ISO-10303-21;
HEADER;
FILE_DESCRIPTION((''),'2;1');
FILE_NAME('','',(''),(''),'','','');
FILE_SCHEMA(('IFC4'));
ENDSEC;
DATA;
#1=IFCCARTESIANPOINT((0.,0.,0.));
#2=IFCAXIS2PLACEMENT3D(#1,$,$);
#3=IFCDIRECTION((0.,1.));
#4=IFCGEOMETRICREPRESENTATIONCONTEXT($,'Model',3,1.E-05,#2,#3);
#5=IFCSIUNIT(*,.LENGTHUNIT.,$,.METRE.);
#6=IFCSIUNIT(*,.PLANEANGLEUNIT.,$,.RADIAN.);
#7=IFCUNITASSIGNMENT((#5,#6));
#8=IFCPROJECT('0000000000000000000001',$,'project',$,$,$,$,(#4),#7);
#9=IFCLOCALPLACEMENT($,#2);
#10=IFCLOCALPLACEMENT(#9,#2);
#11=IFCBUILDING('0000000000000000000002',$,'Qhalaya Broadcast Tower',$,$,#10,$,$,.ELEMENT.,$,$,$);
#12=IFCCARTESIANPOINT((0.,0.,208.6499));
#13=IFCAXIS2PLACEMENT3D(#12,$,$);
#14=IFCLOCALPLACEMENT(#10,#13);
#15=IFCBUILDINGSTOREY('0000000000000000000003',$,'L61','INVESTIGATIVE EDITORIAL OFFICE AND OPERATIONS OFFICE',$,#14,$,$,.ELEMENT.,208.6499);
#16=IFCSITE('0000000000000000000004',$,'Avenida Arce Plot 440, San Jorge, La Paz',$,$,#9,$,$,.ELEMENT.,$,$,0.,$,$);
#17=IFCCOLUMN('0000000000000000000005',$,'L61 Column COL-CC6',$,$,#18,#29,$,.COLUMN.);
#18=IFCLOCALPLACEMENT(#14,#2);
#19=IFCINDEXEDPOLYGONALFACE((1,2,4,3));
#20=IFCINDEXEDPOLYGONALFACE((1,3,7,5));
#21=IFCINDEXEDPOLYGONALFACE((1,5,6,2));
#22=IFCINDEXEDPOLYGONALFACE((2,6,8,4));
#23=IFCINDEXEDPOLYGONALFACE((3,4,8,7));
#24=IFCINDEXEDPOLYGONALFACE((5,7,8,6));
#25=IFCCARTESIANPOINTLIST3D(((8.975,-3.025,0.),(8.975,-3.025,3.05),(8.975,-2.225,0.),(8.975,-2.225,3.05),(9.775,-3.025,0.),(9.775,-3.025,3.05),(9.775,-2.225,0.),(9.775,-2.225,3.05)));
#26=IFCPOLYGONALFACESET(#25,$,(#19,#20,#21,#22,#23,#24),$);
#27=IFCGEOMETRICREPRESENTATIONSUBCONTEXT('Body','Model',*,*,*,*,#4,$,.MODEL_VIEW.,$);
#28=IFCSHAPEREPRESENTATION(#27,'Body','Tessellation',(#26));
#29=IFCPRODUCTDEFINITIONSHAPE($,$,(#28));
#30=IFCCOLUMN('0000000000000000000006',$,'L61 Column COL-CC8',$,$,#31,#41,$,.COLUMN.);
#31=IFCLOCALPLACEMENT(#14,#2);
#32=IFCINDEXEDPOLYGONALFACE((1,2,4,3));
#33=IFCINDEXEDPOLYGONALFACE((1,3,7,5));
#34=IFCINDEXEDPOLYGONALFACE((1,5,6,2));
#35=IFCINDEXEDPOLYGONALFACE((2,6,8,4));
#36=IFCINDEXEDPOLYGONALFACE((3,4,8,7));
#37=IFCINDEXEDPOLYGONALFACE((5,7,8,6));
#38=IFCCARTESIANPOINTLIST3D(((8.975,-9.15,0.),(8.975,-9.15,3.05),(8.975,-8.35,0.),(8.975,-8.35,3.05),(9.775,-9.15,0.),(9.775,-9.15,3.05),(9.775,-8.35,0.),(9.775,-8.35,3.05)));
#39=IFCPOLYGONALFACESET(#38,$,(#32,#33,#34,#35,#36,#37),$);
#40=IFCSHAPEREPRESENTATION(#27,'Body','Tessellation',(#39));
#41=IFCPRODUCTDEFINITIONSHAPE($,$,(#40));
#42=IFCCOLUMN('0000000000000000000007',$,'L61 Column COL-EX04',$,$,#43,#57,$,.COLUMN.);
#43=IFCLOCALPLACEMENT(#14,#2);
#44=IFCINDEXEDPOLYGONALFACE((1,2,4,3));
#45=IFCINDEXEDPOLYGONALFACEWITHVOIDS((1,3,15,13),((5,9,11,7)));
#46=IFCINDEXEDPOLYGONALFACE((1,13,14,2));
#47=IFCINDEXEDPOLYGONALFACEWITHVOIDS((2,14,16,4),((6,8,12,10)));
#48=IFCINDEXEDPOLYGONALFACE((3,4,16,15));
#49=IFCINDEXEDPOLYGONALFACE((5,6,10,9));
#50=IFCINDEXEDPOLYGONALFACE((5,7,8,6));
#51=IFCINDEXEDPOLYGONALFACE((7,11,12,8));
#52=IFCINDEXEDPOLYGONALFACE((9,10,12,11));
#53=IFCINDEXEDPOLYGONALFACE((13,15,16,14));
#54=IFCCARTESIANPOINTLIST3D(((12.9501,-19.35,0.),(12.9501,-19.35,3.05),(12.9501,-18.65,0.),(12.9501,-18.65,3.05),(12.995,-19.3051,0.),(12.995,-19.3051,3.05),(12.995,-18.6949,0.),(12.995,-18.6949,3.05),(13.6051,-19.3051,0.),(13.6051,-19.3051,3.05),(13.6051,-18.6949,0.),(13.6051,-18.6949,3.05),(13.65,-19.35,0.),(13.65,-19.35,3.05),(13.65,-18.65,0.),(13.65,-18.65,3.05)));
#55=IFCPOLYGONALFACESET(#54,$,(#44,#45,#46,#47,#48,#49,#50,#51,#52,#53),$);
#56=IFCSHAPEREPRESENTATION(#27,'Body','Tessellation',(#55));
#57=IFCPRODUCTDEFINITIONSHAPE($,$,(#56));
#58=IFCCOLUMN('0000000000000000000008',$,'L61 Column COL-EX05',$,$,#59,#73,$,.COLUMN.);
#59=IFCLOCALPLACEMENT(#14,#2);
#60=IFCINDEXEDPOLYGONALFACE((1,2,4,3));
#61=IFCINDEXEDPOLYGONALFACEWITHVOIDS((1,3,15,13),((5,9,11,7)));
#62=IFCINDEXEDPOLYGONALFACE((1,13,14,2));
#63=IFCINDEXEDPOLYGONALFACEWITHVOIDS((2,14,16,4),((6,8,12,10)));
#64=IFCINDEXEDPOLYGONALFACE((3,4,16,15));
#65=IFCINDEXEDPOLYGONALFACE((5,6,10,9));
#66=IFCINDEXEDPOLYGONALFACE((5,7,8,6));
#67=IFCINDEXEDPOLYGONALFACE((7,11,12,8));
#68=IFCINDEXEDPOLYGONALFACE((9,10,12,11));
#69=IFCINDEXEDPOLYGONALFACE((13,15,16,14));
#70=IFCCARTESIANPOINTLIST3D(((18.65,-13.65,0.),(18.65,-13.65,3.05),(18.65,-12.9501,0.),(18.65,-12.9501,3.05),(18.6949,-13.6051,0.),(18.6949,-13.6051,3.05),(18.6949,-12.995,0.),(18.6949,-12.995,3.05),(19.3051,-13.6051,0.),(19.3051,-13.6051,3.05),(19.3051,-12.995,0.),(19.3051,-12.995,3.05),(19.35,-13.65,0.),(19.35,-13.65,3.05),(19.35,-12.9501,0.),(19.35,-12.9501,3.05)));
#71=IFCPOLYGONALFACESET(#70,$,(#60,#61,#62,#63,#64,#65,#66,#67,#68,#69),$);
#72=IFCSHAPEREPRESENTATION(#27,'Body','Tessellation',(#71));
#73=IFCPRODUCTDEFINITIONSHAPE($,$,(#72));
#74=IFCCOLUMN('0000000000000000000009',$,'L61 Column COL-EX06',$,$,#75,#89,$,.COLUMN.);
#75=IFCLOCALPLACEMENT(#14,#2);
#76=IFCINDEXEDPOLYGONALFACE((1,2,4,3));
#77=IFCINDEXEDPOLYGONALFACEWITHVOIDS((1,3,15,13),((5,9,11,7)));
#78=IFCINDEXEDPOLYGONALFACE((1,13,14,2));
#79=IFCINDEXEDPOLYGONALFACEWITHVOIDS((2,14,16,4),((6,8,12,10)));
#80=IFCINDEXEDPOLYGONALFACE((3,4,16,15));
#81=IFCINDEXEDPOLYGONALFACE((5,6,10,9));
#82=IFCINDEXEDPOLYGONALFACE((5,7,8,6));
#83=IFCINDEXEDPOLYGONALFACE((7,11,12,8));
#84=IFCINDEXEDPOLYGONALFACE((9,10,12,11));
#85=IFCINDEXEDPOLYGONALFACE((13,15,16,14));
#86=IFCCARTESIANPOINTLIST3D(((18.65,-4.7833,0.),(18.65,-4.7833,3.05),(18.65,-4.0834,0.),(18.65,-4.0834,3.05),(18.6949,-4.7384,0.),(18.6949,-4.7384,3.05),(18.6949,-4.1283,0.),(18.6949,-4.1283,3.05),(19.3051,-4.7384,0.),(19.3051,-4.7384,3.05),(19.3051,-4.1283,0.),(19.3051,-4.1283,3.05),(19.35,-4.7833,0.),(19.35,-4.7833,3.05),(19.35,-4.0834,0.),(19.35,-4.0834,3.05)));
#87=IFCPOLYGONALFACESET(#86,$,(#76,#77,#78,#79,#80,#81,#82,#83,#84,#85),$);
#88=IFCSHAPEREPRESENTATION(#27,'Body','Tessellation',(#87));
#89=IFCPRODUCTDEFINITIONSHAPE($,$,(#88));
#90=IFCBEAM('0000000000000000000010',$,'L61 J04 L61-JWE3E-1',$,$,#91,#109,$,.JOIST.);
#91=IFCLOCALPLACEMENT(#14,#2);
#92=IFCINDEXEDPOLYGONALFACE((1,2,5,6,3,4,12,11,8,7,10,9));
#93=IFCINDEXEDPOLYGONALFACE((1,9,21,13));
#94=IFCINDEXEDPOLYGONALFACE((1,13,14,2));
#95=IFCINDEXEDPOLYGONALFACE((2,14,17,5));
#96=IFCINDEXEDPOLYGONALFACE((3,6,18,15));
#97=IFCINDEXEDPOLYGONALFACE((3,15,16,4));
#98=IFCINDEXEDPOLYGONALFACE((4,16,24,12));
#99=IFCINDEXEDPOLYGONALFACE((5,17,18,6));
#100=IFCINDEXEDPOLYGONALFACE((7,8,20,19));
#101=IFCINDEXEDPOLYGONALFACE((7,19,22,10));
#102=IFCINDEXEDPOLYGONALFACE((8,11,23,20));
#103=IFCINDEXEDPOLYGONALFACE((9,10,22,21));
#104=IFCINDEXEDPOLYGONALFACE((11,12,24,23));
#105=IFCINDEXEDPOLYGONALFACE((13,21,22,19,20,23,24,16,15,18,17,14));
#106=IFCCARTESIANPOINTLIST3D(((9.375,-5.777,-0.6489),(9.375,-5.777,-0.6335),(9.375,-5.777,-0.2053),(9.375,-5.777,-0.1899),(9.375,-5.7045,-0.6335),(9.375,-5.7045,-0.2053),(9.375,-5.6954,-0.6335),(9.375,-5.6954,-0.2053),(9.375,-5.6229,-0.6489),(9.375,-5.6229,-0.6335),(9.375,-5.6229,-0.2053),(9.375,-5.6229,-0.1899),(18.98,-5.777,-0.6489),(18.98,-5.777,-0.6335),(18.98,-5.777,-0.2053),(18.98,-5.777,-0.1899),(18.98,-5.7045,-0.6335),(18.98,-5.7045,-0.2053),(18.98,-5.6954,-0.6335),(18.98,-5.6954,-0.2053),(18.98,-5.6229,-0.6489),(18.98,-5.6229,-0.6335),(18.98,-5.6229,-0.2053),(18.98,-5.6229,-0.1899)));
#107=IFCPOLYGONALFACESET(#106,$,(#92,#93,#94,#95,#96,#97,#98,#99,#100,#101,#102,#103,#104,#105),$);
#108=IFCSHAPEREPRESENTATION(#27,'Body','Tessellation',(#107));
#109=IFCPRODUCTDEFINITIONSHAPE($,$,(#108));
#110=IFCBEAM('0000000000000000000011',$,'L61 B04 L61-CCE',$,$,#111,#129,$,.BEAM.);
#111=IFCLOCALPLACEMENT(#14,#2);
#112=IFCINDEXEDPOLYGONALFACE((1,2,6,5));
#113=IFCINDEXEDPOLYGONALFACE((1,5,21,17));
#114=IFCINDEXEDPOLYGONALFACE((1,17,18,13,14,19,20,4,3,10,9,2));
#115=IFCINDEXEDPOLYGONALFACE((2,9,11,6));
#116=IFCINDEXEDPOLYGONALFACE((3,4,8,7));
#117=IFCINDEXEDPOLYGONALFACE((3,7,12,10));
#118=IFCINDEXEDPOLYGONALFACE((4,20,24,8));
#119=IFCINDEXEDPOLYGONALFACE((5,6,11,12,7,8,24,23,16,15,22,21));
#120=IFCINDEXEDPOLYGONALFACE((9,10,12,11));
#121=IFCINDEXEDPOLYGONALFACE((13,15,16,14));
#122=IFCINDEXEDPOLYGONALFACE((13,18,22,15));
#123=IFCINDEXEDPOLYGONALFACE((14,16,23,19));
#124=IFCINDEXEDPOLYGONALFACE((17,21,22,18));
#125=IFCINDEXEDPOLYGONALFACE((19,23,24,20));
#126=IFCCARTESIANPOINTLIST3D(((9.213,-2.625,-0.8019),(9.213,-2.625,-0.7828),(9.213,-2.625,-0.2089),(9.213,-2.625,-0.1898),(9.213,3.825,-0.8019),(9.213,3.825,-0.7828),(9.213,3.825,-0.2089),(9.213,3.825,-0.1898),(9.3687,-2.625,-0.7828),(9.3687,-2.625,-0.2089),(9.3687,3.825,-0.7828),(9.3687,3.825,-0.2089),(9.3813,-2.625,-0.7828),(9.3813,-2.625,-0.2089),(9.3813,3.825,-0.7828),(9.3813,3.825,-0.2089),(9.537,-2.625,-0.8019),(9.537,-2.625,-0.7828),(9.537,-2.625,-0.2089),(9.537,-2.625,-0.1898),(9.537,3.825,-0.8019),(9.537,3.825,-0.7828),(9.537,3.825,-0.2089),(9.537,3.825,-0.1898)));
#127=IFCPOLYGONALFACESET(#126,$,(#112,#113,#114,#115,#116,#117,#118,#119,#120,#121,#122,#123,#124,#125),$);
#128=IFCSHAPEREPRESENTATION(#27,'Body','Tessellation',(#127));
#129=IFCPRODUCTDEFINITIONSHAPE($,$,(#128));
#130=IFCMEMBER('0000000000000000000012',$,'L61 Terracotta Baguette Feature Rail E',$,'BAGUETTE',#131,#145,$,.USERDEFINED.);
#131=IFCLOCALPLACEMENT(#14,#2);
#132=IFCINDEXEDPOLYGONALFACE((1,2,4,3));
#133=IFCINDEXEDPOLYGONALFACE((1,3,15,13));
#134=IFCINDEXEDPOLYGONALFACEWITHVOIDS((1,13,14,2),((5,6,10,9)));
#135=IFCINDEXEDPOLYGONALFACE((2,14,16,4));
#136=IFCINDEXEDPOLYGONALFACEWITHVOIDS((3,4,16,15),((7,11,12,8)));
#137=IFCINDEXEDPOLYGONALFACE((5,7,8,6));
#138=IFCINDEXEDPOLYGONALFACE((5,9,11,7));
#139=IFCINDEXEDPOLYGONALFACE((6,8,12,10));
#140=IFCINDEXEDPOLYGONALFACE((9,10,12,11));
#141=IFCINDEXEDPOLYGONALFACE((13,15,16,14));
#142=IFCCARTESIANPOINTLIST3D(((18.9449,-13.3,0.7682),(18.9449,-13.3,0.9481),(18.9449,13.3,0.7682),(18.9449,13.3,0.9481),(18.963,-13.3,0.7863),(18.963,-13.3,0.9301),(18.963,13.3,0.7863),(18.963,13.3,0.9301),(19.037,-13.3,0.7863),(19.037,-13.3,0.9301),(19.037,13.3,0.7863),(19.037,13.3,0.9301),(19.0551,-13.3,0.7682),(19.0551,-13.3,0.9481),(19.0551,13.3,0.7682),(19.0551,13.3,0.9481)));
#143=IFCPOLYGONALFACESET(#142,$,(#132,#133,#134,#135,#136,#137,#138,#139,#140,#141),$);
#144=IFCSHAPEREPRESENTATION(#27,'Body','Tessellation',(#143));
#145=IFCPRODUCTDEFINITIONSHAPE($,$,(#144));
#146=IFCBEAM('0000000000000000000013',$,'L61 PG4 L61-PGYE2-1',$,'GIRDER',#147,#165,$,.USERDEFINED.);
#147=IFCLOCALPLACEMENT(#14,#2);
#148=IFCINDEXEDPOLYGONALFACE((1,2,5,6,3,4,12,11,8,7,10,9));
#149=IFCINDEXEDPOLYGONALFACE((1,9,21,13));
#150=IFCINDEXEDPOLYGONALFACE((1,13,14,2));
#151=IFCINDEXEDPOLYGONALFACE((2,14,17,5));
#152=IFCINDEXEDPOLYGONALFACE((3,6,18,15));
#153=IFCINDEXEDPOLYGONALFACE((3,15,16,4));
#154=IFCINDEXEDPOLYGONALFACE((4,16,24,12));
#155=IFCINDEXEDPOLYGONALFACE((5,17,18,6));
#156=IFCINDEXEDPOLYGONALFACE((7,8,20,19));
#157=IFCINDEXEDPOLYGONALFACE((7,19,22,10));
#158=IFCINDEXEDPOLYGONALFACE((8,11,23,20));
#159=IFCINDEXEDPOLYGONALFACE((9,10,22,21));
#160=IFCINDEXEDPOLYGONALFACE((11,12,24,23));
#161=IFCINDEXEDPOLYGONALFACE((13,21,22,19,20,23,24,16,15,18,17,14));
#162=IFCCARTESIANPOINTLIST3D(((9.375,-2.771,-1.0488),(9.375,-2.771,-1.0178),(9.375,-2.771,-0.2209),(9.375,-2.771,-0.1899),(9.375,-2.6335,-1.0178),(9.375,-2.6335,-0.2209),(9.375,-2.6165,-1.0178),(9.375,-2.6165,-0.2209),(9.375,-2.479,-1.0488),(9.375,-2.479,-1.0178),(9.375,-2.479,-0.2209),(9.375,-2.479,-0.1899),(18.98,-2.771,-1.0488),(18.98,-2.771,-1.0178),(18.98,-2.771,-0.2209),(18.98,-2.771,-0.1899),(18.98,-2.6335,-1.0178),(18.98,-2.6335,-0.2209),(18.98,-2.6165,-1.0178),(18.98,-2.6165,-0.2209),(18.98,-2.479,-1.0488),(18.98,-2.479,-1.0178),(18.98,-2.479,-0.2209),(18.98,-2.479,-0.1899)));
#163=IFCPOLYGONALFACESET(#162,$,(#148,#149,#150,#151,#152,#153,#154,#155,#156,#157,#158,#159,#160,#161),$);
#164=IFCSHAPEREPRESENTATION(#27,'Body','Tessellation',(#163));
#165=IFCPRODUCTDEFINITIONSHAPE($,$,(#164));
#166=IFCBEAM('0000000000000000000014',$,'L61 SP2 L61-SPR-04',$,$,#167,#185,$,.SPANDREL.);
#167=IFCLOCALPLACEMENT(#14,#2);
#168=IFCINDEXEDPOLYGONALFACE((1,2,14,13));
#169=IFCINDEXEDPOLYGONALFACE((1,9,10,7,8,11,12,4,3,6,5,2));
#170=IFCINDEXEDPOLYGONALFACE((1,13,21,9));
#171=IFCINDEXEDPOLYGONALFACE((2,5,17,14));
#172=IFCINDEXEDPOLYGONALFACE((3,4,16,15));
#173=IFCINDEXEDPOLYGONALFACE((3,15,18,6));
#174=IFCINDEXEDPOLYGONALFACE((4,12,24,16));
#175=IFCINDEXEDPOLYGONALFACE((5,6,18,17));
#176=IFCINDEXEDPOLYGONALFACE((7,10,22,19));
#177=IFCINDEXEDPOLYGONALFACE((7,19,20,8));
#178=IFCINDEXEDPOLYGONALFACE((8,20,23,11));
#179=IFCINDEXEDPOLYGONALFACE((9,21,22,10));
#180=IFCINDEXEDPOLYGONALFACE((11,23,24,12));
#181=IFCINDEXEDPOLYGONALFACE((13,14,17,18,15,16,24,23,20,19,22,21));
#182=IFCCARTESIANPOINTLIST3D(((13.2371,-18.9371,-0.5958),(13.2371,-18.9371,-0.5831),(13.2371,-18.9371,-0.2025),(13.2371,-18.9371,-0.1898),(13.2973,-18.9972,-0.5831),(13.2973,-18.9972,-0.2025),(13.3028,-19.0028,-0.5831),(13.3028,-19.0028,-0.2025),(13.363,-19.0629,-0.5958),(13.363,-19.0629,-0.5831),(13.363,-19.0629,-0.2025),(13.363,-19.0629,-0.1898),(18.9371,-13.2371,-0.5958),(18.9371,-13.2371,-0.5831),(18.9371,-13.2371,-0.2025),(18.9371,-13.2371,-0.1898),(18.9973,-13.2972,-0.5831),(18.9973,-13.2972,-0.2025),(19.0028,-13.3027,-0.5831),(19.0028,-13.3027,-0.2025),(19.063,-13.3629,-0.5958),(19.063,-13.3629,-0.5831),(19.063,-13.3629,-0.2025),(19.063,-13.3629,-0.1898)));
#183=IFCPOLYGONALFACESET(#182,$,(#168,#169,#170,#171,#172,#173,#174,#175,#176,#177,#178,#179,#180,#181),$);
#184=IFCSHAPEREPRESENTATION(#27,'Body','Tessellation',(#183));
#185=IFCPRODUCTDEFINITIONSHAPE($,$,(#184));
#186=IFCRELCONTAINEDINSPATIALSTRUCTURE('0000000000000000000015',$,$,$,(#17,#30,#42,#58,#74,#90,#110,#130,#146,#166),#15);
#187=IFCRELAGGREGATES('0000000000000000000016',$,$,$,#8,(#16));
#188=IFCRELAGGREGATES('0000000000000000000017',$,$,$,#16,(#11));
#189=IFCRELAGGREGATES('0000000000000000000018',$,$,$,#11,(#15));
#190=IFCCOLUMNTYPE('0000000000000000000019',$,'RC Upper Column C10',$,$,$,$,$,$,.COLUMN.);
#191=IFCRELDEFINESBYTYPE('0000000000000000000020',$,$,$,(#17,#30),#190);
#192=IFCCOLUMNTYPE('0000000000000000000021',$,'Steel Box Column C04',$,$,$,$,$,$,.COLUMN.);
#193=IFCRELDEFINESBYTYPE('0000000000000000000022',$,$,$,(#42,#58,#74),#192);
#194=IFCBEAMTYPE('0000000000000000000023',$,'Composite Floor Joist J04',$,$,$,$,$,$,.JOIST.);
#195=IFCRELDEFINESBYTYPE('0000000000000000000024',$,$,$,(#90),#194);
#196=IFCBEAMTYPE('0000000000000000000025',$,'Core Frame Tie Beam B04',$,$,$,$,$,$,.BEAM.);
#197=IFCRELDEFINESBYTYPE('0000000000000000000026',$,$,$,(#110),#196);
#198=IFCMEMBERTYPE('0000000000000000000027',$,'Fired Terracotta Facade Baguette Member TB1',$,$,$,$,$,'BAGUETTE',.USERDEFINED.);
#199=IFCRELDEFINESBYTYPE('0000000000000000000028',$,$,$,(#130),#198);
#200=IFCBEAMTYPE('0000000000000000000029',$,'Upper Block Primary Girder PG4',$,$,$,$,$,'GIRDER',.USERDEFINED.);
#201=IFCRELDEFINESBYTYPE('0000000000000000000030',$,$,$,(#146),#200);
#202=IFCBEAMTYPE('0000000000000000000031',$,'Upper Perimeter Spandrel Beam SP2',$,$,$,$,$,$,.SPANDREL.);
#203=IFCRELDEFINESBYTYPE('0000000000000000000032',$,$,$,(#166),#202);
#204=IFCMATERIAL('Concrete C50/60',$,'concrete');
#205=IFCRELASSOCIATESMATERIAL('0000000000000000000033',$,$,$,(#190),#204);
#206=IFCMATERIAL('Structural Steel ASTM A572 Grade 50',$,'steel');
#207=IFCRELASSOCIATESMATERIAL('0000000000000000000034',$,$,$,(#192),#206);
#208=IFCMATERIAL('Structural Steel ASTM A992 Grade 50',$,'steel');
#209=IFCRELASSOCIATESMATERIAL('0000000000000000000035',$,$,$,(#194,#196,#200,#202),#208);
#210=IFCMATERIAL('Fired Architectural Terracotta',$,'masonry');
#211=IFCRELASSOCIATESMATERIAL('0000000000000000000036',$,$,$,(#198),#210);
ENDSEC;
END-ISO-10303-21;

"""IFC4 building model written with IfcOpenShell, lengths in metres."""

from ifc_helpers import new_model, si_unit, direction, frame, origin, origin_2d, place, context, subcontext, project, spatial, rectangle, hollow_rectangle, i_section, extrude, material, material_profile, profile_set, type_object, element, save


model = new_model("IFC4")

# Units and contexts
model_context = context("Model", 3, precision=1e-05, world=origin(), true_north=direction((0.0, 1.0)))
body_context = subcontext(model_context, "Body", "Model", "MODEL_VIEW")
ifc_project = project(units=[si_unit("LENGTHUNIT", "METRE"), si_unit("PLANEANGLEUNIT", "RADIAN")], contexts=[model_context])

# Site, building, storey
site_placement = place(None, origin())
site = spatial("IfcSite", under=ifc_project, at=site_placement, Name="Avenida Arce Plot 440, San Jorge, La Paz", CompositionType="ELEMENT", RefElevation=0.0)
building_placement = place(site_placement, origin())
building = spatial("IfcBuilding", under=site, at=building_placement, Name="Qhalaya Broadcast Tower", CompositionType="ELEMENT")
storey_placement = place(building_placement, frame((0.0, 0.0, 208.6499)))
storey = spatial("IfcBuildingStorey", under=building, at=storey_placement, Name="L61", Description="INVESTIGATIVE EDITORIAL OFFICE AND OPERATIONS OFFICE", CompositionType="ELEMENT", Elevation=208.6499)

# Columns
ifc_material_1 = material(Name="Concrete C50/60", Category="concrete")
ifc_material_profile_1 = material_profile(ifc_material_1, rectangle(XDim=0.8, YDim=0.8, at=origin_2d()), Name="RC-COL 800x800")
ifc_profile_set_1 = profile_set([ifc_material_profile_1], Name="Concrete C50/60")
column_type_1 = type_object("IfcColumnType", Name="RC Upper Column C10", PredefinedType="COLUMN", material=ifc_profile_set_1)
for number, where, z_axis, x_axis, name in (
    (1, (9.375, -2.625, 0.0), (0.0, 0.0, 1.0), (1.0, 0.0, 0.0), "L61 Column COL-CC6"),
    (2, (9.375, -8.75, 0.0), (0.0, 0.0, 1.0), (1.0, 0.0, 0.0), "L61 Column COL-CC8"),
):
    element("IfcColumn", number, at=place(storey_placement, frame(where, z_axis=z_axis, x_axis=x_axis)), inside=storey, type_object=column_type_1, Name=name, PredefinedType="COLUMN", context=body_context, shape_type="SweptSolid", body=[
        extrude(rectangle(XDim=0.8, YDim=0.8, at=origin_2d()), origin(), (0.0, 0.0, 1.0), 3.05),
    ])
ifc_material_2 = material(Name="Structural Steel ASTM A572 Grade 50", Category="steel")
ifc_material_profile_2 = material_profile(ifc_material_2, hollow_rectangle(XDim=0.7, YDim=0.7, WallThickness=0.0449, at=origin_2d()), Name="BOX 700x700x45")
ifc_profile_set_2 = profile_set([ifc_material_profile_2], Name="Structural Steel ASTM A572 Grade 50")
column_type_2 = type_object("IfcColumnType", Name="Steel Box Column C04", PredefinedType="COLUMN", material=ifc_profile_set_2)
for number, where, z_axis, x_axis, name in (
    (3, (13.3, -19.0, 0.0), (0.0, 0.0, 1.0), (1.0, 0.0, 0.0), "L61 Column COL-EX04"),
    (4, (19.0, -13.3, 0.0), (0.0, 0.0, 1.0), (0.0, 1.0, 0.0), "L61 Column COL-EX05"),
    (5, (19.0, -4.4333, 0.0), (0.0, 0.0, 1.0), (0.0, 1.0, 0.0), "L61 Column COL-EX06"),
):
    element("IfcColumn", number, at=place(storey_placement, frame(where, z_axis=z_axis, x_axis=x_axis)), inside=storey, type_object=column_type_2, Name=name, PredefinedType="COLUMN", context=body_context, shape_type="SweptSolid", body=[
        extrude(hollow_rectangle(XDim=0.7, YDim=0.7, WallThickness=0.0449, at=origin_2d()), origin(), (0.0, 0.0, 1.0), 3.05),
    ])

# Beams
ifc_material_3 = material(Name="Structural Steel ASTM A992 Grade 50", Category="steel")
ifc_material_profile_3 = material_profile(ifc_material_3, i_section(OverallWidth=0.1541, OverallDepth=0.459, WebThickness=0.009, FlangeThickness=0.0154, at=origin_2d()), Name="W18X46")
ifc_profile_set_3 = profile_set([ifc_material_profile_3], Name="Structural Steel ASTM A992 Grade 50")
beam_type_1 = type_object("IfcBeamType", Name="Composite Floor Joist J04", PredefinedType="JOIST", material=ifc_profile_set_3)
beam_1_placement = place(storey_placement, frame((9.375, -5.7, -0.4194), z_axis=(1.0, 0.0, 0.0), x_axis=(0.0, 1.0, 0.0)))
element("IfcBeam", 6, at=beam_1_placement, inside=storey, type_object=beam_type_1, Name="L61 J04 L61-JWE3E-1", PredefinedType="JOIST", context=body_context, shape_type="SweptSolid", body=[
    extrude(i_section(OverallWidth=0.1541, OverallDepth=0.459, WebThickness=0.009, FlangeThickness=0.0154, at=origin_2d()), origin(), (0.0, 0.0, 1.0), 9.605),
])
ifc_material_profile_4 = material_profile(ifc_material_3, i_section(OverallWidth=0.324, OverallDepth=0.6121, WebThickness=0.0127, FlangeThickness=0.019, at=origin_2d()), Name="W24X104")
ifc_profile_set_4 = profile_set([ifc_material_profile_4], Name="Structural Steel ASTM A992 Grade 50")
beam_type_2 = type_object("IfcBeamType", Name="Core Frame Tie Beam B04", PredefinedType="BEAM", material=ifc_profile_set_4)
beam_2_placement = place(storey_placement, frame((9.375, -2.625, -0.4958), z_axis=(0.0, 1.0, 0.0), x_axis=(-1.0, 0.0, 0.0)))
element("IfcBeam", 7, at=beam_2_placement, inside=storey, type_object=beam_type_2, Name="L61 B04 L61-CCE", PredefinedType="BEAM", context=body_context, shape_type="SweptSolid", body=[
    extrude(i_section(OverallWidth=0.324, OverallDepth=0.6121, WebThickness=0.0127, FlangeThickness=0.019, at=origin_2d()), origin(), (0.0, 0.0, 1.0), 6.45),
])

# Member
ifc_material_4 = material(Name="Fired Architectural Terracotta", Category="masonry")
ifc_material_profile_5 = material_profile(ifc_material_4, hollow_rectangle(XDim=0.1101, YDim=0.1799, WallThickness=0.0181, at=origin_2d()), Name="TB-BAG 110x180x18")
ifc_profile_set_5 = profile_set([ifc_material_profile_5], Name="Fired Architectural Terracotta")
member_type = type_object("IfcMemberType", Name="Fired Terracotta Facade Baguette Member TB1", ElementType="BAGUETTE", PredefinedType="USERDEFINED", material=ifc_profile_set_5)
member_placement = place(storey_placement, frame((19.0, -13.3, 0.8582), z_axis=(0.0, 1.0, 0.0), x_axis=(-1.0, 0.0, 0.0)))
element("IfcMember", 8, at=member_placement, inside=storey, type_object=member_type, Name="L61 Terracotta Baguette Feature Rail E", ObjectType="BAGUETTE", PredefinedType="USERDEFINED", context=body_context, shape_type="SweptSolid", body=[
    extrude(hollow_rectangle(XDim=0.1101, YDim=0.1799, WallThickness=0.0181, at=origin_2d()), origin(), (0.0, 0.0, 1.0), 26.6001),
])

# Beams
ifc_material_profile_6 = material_profile(ifc_material_3, i_section(OverallWidth=0.292, OverallDepth=0.8589, WebThickness=0.0171, FlangeThickness=0.031, at=origin_2d()), Name="W33X169")
ifc_profile_set_6 = profile_set([ifc_material_profile_6], Name="Structural Steel ASTM A992 Grade 50")
beam_type_3 = type_object("IfcBeamType", Name="Upper Block Primary Girder PG4", ElementType="GIRDER", PredefinedType="USERDEFINED", material=ifc_profile_set_6)
beam_3_placement = place(storey_placement, frame((9.375, -2.625, -0.6194), z_axis=(1.0, 0.0, 0.0), x_axis=(0.0, 1.0, 0.0)))
element("IfcBeam", 9, at=beam_3_placement, inside=storey, type_object=beam_type_3, Name="L61 PG4 L61-PGYE2-1", ObjectType="GIRDER", PredefinedType="USERDEFINED", context=body_context, shape_type="SweptSolid", body=[
    extrude(i_section(OverallWidth=0.292, OverallDepth=0.8589, WebThickness=0.0171, FlangeThickness=0.031, at=origin_2d()), origin(), (0.0, 0.0, 1.0), 9.605),
])
ifc_material_profile_7 = material_profile(ifc_material_3, i_section(OverallWidth=0.178, OverallDepth=0.406, WebThickness=0.0078, FlangeThickness=0.0127, at=origin_2d()), Name="W16X40")
ifc_profile_set_7 = profile_set([ifc_material_profile_7], Name="Structural Steel ASTM A992 Grade 50")
beam_type_4 = type_object("IfcBeamType", Name="Upper Perimeter Spandrel Beam SP2", PredefinedType="SPANDREL", material=ifc_profile_set_7)
beam_4_placement = place(storey_placement, frame((13.3, -19.0, -0.3928), z_axis=(0.707107, 0.707107, 0.0), x_axis=(-0.707107, 0.707107, 0.0)))
element("IfcBeam", 10, at=beam_4_placement, inside=storey, type_object=beam_type_4, Name="L61 SP2 L61-SPR-04", PredefinedType="SPANDREL", context=body_context, shape_type="SweptSolid", body=[
    extrude(i_section(OverallWidth=0.178, OverallDepth=0.406, WebThickness=0.0078, FlangeThickness=0.0127, at=origin_2d()), origin(), (0.0, 0.0, 1.0), 8.061),
])

save(model, "model.ifc")
